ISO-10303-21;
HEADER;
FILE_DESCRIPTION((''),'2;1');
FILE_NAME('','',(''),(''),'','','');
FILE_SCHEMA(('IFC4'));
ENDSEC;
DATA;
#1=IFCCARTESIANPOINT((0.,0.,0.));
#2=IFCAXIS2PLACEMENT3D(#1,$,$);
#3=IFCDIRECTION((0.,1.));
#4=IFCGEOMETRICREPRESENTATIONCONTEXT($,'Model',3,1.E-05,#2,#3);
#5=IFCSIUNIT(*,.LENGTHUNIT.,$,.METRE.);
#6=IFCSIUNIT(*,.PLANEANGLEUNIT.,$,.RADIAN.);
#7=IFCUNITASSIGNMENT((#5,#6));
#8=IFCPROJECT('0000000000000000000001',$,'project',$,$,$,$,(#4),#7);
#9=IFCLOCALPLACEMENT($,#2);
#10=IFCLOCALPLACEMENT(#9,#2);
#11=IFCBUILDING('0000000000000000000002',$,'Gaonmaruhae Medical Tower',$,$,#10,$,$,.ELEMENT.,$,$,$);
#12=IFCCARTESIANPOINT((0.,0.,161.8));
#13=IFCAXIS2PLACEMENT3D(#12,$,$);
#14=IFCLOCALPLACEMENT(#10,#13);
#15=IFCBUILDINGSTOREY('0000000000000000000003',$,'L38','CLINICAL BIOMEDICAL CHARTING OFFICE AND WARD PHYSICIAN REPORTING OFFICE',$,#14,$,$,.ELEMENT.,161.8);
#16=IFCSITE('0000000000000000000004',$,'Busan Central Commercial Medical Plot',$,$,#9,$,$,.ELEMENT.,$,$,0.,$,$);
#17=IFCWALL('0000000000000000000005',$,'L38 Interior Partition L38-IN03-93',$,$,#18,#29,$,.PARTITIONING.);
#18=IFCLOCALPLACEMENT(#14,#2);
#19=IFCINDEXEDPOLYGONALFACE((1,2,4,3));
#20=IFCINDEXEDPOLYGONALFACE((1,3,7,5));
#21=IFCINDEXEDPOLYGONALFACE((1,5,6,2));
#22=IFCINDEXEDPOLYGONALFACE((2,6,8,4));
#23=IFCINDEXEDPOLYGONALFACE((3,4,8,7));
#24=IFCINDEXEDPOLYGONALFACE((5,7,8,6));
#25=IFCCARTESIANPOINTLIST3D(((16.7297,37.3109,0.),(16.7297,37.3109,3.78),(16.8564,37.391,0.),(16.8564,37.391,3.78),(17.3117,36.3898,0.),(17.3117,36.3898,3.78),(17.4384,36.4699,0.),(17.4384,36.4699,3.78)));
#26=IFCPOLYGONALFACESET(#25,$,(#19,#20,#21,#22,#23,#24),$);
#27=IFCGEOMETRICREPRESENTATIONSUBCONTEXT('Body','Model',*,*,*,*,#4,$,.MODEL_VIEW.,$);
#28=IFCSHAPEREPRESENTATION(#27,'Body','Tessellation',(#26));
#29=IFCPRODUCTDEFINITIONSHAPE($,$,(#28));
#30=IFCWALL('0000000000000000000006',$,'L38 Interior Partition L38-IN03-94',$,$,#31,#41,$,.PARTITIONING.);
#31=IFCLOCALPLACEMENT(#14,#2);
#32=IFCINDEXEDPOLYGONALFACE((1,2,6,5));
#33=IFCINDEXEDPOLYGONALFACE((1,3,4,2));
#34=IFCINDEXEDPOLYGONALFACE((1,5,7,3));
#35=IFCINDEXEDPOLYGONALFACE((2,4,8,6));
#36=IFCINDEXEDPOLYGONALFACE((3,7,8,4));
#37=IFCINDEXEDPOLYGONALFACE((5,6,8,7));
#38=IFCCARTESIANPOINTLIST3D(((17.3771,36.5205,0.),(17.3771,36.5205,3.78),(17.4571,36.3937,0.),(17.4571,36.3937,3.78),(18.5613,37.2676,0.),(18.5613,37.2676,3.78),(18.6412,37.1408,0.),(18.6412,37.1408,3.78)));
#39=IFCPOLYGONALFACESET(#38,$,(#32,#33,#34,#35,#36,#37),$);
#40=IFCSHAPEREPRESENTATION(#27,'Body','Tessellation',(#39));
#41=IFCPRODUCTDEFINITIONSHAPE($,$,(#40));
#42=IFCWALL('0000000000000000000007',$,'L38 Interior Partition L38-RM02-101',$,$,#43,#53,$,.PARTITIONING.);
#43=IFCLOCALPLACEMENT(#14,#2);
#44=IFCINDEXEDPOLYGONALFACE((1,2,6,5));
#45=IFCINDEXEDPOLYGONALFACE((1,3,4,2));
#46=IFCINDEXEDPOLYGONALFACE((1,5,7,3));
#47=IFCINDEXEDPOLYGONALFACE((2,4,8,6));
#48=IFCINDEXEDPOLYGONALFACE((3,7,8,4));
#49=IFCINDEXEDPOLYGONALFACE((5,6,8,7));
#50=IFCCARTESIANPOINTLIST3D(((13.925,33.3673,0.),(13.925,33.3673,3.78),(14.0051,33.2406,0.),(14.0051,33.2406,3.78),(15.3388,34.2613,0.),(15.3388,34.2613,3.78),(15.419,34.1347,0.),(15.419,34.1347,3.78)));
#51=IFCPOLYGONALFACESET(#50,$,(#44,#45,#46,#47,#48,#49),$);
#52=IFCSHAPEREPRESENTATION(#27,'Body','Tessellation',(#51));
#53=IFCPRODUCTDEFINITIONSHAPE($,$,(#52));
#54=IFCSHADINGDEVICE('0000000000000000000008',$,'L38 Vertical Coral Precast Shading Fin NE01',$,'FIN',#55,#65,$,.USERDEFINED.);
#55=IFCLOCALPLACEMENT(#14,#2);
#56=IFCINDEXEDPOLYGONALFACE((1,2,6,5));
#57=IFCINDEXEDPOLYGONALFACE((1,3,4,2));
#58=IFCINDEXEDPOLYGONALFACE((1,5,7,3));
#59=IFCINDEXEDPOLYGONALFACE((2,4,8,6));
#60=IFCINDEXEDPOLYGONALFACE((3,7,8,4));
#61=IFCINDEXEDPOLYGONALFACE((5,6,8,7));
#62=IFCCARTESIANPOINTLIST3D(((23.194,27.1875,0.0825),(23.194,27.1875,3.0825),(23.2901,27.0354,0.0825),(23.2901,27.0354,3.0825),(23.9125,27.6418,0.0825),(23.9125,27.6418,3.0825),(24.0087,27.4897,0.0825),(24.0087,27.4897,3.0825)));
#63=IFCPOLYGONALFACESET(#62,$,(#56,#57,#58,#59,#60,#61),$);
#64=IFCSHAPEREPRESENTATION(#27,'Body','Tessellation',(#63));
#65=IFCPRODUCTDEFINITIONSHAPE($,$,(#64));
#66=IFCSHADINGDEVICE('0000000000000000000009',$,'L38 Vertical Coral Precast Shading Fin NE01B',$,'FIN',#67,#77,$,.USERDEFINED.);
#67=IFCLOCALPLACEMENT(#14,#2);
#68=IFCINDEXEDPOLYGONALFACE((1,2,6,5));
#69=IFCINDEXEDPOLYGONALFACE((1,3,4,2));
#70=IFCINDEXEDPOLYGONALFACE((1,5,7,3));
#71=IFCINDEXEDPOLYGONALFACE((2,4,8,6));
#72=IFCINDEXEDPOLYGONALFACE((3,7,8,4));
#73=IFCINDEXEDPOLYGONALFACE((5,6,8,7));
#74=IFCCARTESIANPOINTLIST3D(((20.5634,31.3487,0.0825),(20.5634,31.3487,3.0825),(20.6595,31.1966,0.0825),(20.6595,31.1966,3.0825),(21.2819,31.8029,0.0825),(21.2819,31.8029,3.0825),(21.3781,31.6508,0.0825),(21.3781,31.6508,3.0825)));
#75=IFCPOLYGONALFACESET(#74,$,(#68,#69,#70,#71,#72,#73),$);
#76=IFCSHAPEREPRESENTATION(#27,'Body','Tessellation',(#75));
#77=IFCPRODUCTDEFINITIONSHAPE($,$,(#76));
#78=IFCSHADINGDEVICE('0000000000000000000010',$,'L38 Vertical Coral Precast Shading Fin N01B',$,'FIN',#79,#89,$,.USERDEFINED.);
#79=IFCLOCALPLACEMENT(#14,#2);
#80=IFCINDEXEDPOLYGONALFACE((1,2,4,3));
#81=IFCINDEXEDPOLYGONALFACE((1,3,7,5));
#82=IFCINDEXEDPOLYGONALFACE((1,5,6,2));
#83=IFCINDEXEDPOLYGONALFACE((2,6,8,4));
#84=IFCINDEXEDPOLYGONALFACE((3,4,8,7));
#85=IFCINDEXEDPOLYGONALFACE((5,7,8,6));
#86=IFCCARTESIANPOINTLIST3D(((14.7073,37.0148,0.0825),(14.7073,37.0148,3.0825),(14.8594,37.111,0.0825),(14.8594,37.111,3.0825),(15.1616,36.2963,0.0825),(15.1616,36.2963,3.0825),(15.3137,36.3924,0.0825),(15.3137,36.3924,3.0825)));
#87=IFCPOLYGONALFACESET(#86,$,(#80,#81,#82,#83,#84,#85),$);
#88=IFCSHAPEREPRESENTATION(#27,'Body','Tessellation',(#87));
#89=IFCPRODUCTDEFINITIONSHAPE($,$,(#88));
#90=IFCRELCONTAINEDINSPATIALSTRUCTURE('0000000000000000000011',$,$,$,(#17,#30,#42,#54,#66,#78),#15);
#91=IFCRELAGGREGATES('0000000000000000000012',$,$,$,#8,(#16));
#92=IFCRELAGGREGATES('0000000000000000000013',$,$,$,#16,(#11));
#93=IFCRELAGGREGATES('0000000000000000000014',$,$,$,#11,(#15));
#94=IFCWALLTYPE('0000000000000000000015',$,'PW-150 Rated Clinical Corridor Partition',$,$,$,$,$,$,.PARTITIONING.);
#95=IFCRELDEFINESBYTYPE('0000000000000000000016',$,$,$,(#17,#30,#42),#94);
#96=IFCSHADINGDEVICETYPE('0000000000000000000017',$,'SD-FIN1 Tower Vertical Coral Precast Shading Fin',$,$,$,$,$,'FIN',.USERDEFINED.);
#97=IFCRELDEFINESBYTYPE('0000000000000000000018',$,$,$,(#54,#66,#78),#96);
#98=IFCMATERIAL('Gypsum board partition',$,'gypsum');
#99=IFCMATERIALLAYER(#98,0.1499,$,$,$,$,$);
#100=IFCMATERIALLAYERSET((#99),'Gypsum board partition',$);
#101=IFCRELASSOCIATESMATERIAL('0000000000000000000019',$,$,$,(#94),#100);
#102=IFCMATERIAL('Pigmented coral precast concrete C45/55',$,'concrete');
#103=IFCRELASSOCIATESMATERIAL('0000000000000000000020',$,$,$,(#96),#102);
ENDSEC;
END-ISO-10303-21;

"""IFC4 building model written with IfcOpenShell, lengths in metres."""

from ifc_helpers import new_model, si_unit, direction, frame, frame_2d, origin, origin_2d, place, context, subcontext, project, spatial, rectangle, extrude, material, layer, layer_set, type_object, element, save


model = new_model("IFC4")

# Units and contexts
model_context = context("Model", 3, precision=1e-05, world=origin(), true_north=direction((0.0, 1.0)))
body_context = subcontext(model_context, "Body", "Model", "MODEL_VIEW")
ifc_project = project(units=[si_unit("LENGTHUNIT", "METRE"), si_unit("PLANEANGLEUNIT", "RADIAN")], contexts=[model_context])

# Site, building, storey
site_placement = place(None, origin())
site = spatial("IfcSite", under=ifc_project, at=site_placement, Name="Busan Central Commercial Medical Plot", CompositionType="ELEMENT", RefElevation=0.0)
building_placement = place(site_placement, origin())
building = spatial("IfcBuilding", under=site, at=building_placement, Name="Gaonmaruhae Medical Tower", CompositionType="ELEMENT")
storey_placement = place(building_placement, frame((0.0, 0.0, 161.8)))
storey = spatial("IfcBuildingStorey", under=building, at=storey_placement, Name="L38", Description="CLINICAL BIOMEDICAL CHARTING OFFICE AND WARD PHYSICIAN REPORTING OFFICE", CompositionType="ELEMENT", Elevation=161.8)

# Shared definitions
ifc_material_1 = material(Name="Gypsum board partition", Category="gypsum")
ifc_layer_1 = layer(ifc_material_1, 0.1499)
ifc_layer_set_1 = layer_set([ifc_layer_1], Name="Gypsum board partition")
wall_type_1 = type_object("IfcWallType", Name="PW-150 Rated Clinical Corridor Partition", PredefinedType="PARTITIONING", material=ifc_layer_set_1)

# Walls
wall_1_placement = place(storey_placement, frame((16.793, 37.3511, 0.0), z_axis=(0.0, 0.0, 1.0), x_axis=(0.534162, -0.845382, 0.0)))
element("IfcWall", 1, at=wall_1_placement, inside=storey, type_object=wall_type_1, Name="L38 Interior Partition L38-IN03-93", PredefinedType="PARTITIONING", context=body_context, shape_type="SweptSolid", body=[
    extrude(rectangle(XDim=1.0896, YDim=0.1499, at=frame_2d((0.5449, 0.0))), origin(), (0.0, 0.0, 1.0), 3.78),
])
wall_2_placement = place(storey_placement, frame((17.417, 36.457, 0.0), z_axis=(0.0, 0.0, 1.0), x_axis=(0.845737, 0.533599, 0.0)))
element("IfcWall", 2, at=wall_2_placement, inside=storey, type_object=wall_type_1, Name="L38 Interior Partition L38-IN03-94", PredefinedType="PARTITIONING", context=body_context, shape_type="SweptSolid", body=[
    extrude(rectangle(XDim=1.4001, YDim=0.1499, at=frame_2d((0.7002, 0.0))), origin(), (0.0, 0.0, 1.0), 3.78),
])
wall_3_placement = place(storey_placement, frame((15.3789, 34.198, 0.0), z_axis=(0.0, 0.0, 1.0), x_axis=(-0.845191, -0.534465, 0.0)))
element("IfcWall", 3, at=wall_3_placement, inside=storey, type_object=wall_type_1, Name="L38 Interior Partition L38-RM02-101", PredefinedType="PARTITIONING", context=body_context, shape_type="SweptSolid", body=[
    extrude(rectangle(XDim=1.6729, YDim=0.1499, at=frame_2d((0.8364, 0.0))), origin(), (0.0, 0.0, 1.0), 3.78),
])

# Shading devices
ifc_material_2 = material(Name="Pigmented coral precast concrete C45/55", Category="concrete")
shading_device_type = type_object("IfcShadingDeviceType", Name="SD-FIN1 Tower Vertical Coral Precast Shading Fin", ElementType="FIN", PredefinedType="USERDEFINED", material=ifc_material_2)
for number, where, z_axis, x_axis, name in (
    (4, (23.6013, 27.3386, 0.0825), (0.0, 0.0, 1.0), (-0.534367, 0.845253, 0.0), "L38 Vertical Coral Precast Shading Fin NE01"),
    (5, (20.9707, 31.4998, 0.0825), (0.0, 0.0, 1.0), (-0.534367, 0.845253, 0.0), "L38 Vertical Coral Precast Shading Fin NE01B"),
    (6, (15.0105, 36.7036, 0.0825), (0.0, 0.0, 1.0), (0.845262, 0.534352, 0.0), "L38 Vertical Coral Precast Shading Fin N01B"),
):
    element("IfcShadingDevice", number, at=place(storey_placement, frame(where, z_axis=z_axis, x_axis=x_axis)), inside=storey, type_object=shading_device_type, Name=name, ObjectType="FIN", PredefinedType="USERDEFINED", context=body_context, shape_type="SweptSolid", body=[
        extrude(rectangle(XDim=0.1799, YDim=0.8501, at=origin_2d()), origin(), (0.0, 0.0, 1.0), 3.0),
    ])

save(model, "model.ifc")
